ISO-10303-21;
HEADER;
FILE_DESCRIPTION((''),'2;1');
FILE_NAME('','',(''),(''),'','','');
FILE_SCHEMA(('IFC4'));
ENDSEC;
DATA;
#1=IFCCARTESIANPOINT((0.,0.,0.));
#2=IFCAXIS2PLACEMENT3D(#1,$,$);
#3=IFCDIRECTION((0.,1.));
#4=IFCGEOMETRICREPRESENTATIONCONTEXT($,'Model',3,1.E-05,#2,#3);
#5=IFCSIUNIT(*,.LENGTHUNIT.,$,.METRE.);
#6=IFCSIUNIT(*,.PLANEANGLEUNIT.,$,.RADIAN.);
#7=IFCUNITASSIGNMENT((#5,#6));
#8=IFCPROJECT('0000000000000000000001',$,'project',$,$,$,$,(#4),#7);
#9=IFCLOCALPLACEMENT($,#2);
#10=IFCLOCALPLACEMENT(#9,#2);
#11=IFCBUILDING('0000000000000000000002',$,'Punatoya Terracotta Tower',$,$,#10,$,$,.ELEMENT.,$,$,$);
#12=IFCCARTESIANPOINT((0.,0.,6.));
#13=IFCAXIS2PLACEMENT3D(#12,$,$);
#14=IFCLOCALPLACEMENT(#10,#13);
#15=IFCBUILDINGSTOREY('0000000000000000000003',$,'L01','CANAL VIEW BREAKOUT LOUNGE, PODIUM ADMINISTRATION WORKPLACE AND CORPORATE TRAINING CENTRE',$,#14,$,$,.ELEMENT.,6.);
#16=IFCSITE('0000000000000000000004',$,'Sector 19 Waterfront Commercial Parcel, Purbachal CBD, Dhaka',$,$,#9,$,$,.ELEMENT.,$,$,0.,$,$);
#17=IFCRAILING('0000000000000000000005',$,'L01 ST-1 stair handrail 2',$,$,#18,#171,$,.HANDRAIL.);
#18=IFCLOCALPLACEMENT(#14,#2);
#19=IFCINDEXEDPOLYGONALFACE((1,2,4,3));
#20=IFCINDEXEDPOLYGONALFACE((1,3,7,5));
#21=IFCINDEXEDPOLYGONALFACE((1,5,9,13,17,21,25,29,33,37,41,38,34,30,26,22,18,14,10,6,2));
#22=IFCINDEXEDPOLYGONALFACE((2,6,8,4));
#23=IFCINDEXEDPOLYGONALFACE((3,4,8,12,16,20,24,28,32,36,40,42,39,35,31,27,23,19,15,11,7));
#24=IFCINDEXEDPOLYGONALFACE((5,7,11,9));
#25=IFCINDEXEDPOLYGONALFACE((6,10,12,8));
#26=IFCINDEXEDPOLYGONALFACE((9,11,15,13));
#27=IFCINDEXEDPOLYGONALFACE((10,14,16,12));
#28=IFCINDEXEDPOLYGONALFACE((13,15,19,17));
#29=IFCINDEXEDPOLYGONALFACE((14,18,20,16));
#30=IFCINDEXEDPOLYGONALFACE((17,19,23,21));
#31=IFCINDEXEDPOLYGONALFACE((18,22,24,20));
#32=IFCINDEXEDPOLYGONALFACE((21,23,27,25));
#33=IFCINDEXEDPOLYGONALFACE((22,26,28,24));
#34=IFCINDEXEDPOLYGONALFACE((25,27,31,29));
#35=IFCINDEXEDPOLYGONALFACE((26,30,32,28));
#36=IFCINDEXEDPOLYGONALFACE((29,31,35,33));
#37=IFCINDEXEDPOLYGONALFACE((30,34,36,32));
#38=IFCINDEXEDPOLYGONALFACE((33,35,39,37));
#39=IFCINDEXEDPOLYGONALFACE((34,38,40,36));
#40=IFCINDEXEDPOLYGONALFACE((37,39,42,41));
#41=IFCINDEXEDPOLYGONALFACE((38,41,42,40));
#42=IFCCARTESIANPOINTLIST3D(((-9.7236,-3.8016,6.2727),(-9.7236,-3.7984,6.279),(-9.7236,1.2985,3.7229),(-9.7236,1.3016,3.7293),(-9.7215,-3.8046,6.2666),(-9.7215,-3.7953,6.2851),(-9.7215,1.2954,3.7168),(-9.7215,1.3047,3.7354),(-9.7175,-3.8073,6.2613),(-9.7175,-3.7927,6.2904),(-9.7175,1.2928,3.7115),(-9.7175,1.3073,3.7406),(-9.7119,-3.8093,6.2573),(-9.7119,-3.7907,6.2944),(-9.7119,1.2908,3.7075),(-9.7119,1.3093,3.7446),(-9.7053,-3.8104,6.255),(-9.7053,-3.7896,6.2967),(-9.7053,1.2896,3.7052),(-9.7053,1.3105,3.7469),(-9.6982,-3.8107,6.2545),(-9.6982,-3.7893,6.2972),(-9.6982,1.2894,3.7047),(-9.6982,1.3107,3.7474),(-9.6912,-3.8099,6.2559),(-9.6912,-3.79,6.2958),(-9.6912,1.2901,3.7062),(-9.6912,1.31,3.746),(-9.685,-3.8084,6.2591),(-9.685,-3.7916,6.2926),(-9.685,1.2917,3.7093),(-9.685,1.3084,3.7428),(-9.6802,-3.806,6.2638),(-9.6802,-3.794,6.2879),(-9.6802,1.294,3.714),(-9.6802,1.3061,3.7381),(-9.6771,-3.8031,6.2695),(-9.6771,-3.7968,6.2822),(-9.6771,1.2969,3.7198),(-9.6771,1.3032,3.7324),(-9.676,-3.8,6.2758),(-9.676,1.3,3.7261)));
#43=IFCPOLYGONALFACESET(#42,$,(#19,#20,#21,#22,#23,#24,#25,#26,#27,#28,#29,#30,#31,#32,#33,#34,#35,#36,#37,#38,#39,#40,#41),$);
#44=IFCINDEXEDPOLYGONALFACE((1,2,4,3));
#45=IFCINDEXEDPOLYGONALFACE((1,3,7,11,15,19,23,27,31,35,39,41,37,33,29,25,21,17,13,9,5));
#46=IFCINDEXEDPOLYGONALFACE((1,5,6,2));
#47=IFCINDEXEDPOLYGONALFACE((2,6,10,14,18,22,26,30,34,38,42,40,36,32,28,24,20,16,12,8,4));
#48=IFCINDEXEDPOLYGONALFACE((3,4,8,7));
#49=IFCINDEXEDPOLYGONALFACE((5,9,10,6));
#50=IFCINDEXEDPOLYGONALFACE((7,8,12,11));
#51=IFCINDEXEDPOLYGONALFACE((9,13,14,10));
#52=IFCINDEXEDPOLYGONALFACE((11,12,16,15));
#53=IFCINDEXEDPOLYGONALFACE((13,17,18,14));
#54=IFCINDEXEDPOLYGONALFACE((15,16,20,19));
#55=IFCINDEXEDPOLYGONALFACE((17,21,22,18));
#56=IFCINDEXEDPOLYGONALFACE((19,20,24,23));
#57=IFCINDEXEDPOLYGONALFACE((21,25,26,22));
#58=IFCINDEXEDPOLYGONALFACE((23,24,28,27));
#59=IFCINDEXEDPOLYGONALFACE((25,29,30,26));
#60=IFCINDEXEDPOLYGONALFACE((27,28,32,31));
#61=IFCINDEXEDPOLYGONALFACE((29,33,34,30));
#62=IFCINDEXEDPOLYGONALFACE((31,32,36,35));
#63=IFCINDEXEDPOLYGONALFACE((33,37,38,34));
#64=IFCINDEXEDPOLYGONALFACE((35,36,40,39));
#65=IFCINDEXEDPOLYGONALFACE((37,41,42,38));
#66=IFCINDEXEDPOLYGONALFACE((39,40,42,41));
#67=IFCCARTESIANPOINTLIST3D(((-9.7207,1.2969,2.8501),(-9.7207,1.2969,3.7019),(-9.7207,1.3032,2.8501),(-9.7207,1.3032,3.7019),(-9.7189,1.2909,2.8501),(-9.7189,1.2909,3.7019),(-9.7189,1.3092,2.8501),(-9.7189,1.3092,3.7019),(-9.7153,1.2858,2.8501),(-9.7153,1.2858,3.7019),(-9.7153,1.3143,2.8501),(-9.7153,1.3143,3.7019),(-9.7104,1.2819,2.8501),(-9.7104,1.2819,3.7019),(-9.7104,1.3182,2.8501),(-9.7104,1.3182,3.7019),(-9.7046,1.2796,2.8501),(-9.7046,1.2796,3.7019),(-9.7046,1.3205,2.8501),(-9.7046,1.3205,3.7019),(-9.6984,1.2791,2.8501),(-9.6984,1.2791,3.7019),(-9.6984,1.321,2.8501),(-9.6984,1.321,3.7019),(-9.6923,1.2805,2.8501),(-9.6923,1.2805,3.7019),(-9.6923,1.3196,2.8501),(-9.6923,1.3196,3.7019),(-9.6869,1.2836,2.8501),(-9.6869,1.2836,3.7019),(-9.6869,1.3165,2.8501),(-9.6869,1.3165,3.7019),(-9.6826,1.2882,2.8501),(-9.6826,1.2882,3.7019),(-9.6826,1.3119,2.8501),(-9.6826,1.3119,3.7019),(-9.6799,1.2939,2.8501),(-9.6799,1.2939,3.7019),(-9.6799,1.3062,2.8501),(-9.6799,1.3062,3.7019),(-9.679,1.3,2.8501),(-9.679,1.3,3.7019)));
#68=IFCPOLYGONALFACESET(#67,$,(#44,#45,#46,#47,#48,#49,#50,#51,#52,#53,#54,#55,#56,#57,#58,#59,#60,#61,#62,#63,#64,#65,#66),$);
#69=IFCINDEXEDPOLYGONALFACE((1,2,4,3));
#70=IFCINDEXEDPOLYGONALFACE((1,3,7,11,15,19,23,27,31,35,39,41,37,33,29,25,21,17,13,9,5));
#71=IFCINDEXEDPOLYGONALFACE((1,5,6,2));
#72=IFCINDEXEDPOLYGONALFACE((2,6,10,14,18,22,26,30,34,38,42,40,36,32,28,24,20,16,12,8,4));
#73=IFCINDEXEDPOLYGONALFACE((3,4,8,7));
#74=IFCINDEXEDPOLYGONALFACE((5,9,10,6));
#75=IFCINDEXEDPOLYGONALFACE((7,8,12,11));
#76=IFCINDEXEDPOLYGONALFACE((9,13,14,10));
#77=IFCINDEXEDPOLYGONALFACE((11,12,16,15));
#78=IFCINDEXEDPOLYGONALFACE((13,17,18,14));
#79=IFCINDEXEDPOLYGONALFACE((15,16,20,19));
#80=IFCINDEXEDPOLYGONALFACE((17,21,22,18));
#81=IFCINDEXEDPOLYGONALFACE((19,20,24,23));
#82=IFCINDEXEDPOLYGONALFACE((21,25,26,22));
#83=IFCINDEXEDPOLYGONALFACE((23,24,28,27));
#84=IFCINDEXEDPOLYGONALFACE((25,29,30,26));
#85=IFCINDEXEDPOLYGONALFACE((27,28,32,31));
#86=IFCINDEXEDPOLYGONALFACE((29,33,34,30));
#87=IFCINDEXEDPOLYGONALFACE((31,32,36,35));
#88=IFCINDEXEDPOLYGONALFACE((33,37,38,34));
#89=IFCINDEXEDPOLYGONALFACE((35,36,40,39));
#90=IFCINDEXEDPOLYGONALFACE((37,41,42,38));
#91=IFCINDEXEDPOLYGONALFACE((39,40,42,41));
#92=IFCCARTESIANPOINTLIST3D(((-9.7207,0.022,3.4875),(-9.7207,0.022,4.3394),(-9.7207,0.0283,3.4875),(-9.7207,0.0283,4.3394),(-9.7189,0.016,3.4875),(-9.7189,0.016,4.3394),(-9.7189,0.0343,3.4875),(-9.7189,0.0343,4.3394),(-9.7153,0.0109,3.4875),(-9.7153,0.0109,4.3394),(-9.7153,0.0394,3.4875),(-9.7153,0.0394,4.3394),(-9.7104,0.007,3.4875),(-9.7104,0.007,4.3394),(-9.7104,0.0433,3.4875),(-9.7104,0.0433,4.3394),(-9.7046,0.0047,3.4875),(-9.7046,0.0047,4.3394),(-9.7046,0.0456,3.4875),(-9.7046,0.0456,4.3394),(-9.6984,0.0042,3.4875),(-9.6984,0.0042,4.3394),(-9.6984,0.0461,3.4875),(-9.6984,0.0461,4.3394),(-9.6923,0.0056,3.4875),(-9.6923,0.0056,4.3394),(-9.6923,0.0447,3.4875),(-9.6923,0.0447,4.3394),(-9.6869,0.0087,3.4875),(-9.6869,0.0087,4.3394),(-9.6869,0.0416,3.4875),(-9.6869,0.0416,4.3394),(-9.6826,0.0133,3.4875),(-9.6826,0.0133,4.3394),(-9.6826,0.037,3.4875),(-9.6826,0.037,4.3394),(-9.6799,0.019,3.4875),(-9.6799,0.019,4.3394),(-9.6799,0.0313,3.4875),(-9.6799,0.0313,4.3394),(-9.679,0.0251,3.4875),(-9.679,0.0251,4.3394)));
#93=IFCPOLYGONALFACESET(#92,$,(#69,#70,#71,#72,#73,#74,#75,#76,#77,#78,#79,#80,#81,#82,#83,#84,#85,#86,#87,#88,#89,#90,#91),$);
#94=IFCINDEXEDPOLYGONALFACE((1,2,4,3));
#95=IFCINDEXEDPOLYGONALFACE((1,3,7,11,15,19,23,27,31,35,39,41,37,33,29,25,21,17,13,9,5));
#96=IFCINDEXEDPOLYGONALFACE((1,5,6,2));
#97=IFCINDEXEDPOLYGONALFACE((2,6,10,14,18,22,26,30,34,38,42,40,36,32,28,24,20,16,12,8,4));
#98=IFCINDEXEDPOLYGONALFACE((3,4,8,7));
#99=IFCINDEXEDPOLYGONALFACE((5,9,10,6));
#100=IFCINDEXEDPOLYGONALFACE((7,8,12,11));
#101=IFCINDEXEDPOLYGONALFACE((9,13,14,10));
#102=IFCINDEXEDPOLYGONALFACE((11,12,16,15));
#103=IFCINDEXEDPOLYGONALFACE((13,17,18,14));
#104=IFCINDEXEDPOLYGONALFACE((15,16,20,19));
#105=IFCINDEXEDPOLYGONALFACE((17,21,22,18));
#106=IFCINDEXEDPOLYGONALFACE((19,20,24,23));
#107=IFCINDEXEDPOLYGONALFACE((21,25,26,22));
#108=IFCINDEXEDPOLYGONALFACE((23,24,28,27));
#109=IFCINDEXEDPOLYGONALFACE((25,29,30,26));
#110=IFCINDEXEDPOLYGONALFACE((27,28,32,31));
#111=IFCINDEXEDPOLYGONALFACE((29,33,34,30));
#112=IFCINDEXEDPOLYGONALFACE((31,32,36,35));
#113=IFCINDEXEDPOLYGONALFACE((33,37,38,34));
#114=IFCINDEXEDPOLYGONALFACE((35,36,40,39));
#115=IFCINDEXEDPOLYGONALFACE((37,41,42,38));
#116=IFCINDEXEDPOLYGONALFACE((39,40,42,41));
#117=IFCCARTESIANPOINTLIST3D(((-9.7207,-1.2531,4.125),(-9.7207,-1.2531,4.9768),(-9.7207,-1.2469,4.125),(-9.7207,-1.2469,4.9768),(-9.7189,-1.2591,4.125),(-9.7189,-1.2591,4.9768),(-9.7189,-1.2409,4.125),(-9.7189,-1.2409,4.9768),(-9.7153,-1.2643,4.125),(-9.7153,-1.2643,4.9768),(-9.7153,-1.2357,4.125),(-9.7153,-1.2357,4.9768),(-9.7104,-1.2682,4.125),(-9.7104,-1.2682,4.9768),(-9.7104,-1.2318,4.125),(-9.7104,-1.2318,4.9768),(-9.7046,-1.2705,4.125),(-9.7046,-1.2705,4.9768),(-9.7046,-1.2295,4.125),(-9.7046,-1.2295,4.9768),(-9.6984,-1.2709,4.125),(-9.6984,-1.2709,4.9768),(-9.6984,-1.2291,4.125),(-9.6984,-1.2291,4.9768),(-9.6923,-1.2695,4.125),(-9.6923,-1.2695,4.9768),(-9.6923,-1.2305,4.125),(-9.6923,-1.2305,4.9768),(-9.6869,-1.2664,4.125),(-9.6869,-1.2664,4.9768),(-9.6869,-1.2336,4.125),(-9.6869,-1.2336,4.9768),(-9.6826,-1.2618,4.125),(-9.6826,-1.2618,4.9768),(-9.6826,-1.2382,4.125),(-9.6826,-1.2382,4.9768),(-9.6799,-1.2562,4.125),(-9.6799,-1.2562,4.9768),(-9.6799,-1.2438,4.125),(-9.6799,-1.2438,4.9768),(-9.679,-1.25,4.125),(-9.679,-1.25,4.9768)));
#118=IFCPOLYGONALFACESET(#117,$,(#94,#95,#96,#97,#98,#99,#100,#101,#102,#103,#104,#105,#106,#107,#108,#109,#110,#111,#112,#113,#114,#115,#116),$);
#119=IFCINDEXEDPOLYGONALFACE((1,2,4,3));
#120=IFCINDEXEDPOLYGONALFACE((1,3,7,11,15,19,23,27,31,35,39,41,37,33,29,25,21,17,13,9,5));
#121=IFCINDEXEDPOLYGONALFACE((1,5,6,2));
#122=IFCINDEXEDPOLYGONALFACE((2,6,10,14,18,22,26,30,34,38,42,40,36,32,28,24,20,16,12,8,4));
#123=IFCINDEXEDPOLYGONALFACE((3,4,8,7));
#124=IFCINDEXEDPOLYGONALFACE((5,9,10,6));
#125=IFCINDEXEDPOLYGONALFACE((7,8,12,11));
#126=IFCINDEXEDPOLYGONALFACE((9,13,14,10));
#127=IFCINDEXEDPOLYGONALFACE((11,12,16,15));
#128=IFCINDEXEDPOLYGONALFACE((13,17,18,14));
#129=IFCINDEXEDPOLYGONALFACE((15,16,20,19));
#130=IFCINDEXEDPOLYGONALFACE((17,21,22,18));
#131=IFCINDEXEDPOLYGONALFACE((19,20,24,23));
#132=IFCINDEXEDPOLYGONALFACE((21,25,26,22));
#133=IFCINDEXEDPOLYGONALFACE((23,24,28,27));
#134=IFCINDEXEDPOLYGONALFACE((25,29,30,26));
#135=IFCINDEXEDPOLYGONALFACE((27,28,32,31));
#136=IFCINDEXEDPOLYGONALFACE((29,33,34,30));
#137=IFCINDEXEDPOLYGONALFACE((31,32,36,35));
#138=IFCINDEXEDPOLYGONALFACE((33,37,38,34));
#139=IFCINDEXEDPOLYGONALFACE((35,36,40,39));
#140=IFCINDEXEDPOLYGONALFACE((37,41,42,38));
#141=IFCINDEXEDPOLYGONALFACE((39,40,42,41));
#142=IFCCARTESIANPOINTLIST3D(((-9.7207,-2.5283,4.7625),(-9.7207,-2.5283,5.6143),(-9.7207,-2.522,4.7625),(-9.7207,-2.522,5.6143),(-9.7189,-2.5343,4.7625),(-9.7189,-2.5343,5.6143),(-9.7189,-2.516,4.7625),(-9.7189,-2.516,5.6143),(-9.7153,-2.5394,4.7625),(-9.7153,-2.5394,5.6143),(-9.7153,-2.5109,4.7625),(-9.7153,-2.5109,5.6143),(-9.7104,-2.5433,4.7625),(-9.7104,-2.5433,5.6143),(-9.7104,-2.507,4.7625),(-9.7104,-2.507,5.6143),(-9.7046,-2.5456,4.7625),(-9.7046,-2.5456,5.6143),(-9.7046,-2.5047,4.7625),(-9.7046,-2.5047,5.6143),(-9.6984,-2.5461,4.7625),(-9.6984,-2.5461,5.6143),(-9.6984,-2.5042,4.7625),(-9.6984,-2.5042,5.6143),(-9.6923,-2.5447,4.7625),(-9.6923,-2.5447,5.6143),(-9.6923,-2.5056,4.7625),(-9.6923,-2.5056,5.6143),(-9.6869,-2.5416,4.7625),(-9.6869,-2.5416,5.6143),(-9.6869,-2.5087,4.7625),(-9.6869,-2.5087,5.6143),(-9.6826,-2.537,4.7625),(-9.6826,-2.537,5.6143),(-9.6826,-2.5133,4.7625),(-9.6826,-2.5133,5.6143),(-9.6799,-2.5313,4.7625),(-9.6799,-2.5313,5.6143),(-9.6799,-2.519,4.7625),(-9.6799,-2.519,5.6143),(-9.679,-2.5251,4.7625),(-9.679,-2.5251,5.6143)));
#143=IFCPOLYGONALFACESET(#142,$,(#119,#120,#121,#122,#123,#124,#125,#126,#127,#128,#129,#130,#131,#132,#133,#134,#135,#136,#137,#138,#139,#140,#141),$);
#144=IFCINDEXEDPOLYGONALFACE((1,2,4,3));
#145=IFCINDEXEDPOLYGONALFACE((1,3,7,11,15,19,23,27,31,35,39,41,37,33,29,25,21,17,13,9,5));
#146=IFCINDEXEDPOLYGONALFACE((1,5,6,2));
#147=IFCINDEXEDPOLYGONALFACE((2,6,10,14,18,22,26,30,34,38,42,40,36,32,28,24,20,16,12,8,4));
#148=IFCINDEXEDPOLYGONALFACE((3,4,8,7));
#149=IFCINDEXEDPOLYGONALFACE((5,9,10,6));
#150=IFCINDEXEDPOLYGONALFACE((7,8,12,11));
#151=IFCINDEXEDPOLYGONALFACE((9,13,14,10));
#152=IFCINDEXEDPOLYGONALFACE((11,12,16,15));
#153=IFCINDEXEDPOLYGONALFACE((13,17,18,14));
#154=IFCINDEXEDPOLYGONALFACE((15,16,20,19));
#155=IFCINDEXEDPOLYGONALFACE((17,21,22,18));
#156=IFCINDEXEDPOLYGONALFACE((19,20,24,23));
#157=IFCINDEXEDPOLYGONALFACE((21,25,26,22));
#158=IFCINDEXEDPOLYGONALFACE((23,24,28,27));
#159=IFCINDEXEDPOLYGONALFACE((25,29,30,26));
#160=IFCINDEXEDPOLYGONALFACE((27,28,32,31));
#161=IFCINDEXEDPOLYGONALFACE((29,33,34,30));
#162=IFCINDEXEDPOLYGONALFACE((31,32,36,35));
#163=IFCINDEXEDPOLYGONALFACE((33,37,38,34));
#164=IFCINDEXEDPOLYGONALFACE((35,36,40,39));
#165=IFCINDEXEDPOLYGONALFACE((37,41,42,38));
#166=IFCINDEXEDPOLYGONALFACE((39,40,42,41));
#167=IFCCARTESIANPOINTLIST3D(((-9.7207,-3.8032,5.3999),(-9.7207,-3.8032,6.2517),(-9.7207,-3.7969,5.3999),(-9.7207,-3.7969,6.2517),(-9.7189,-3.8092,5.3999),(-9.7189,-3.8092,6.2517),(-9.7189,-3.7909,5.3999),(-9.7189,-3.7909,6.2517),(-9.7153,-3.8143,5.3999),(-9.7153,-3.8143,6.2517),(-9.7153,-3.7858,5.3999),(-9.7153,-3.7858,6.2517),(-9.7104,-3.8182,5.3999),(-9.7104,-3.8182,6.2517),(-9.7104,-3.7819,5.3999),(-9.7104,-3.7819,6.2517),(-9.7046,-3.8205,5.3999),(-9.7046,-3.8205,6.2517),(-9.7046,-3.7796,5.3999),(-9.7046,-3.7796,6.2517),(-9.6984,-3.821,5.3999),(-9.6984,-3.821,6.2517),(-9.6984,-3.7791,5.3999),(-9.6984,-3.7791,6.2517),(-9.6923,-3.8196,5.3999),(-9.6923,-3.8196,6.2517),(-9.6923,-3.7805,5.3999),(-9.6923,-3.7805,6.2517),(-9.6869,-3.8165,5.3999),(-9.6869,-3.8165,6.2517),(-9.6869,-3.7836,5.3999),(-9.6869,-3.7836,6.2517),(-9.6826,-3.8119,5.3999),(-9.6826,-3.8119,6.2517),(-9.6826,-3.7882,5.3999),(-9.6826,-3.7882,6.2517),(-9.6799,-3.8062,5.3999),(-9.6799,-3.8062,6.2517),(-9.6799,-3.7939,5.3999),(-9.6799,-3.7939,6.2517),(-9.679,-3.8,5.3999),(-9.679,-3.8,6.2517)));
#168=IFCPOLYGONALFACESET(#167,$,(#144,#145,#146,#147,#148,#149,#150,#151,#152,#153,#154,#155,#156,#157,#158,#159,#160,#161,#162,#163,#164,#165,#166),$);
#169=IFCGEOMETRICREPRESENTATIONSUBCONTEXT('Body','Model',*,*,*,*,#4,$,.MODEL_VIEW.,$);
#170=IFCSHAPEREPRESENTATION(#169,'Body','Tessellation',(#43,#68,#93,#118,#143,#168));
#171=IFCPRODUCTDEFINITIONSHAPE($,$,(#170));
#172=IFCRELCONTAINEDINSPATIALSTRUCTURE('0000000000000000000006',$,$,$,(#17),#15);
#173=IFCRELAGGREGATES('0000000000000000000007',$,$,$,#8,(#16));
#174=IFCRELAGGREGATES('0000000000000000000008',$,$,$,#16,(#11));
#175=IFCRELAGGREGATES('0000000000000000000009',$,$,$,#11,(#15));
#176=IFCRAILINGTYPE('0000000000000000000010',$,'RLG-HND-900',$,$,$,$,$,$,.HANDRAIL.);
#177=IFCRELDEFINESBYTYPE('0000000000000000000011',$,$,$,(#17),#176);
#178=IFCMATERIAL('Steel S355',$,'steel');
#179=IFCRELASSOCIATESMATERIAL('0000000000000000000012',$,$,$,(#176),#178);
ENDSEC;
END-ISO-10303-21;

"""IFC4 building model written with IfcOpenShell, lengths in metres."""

from ifc_helpers import new_model, si_unit, direction, frame, origin, origin_2d, place, context, subcontext, project, spatial, circle, extrude, material, type_object, element, save


model = new_model("IFC4")

# Units and contexts
model_context = context("Model", 3, precision=1e-05, world=origin(), true_north=direction((0.0, 1.0)))
body_context = subcontext(model_context, "Body", "Model", "MODEL_VIEW")
ifc_project = project(units=[si_unit("LENGTHUNIT", "METRE"), si_unit("PLANEANGLEUNIT", "RADIAN")], contexts=[model_context])

# Site, building, storey
site_placement = place(None, origin())
site = spatial("IfcSite", under=ifc_project, at=site_placement, Name="Sector 19 Waterfront Commercial Parcel, Purbachal CBD, Dhaka", CompositionType="ELEMENT", RefElevation=0.0)
building_placement = place(site_placement, origin())
building = spatial("IfcBuilding", under=site, at=building_placement, Name="Punatoya Terracotta Tower", CompositionType="ELEMENT")
storey_placement = place(building_placement, frame((0.0, 0.0, 6.0)))
storey = spatial("IfcBuildingStorey", under=building, at=storey_placement, Name="L01", Description="CANAL VIEW BREAKOUT LOUNGE, PODIUM ADMINISTRATION WORKPLACE AND CORPORATE TRAINING CENTRE", CompositionType="ELEMENT", Elevation=6.0)

# Shared definitions
ifc_material_1 = material(Name="Steel S355", Category="steel")

# Railing
railing_type_1 = type_object("IfcRailingType", Name="RLG-HND-900", PredefinedType="HANDRAIL", material=ifc_material_1)
railing_1_placement = place(storey_placement, frame((-9.7, 1.3, 2.8501)))
element("IfcRailing", 1, at=railing_1_placement, inside=storey, type_object=railing_type_1, Name="L01 ST-1 stair handrail 2", PredefinedType="HANDRAIL", context=body_context, shape_type="SweptSolid", body=[
    extrude(circle(Radius=0.0239, at=origin_2d()), frame((0.0, 0.0, 0.876), z_axis=(0.0, -0.894444, 0.447179), x_axis=(1.0, 0.0, 0.0)), (0.0, 0.0, 1.0), 5.7019),
    extrude(circle(Radius=0.021, at=origin_2d()), origin(), (0.0, 0.0, 1.0), 0.8518),
    extrude(circle(Radius=0.021, at=origin_2d()), frame((0.0, -1.2749, 0.6375)), (0.0, 0.0, 1.0), 0.8518),
    extrude(circle(Radius=0.021, at=origin_2d()), frame((0.0, -2.55, 1.2749)), (0.0, 0.0, 1.0), 0.8518),
    extrude(circle(Radius=0.021, at=origin_2d()), frame((0.0, -3.8252, 1.9124)), (0.0, 0.0, 1.0), 0.8518),
    extrude(circle(Radius=0.021, at=origin_2d()), frame((0.0, -5.1001, 2.5498)), (0.0, 0.0, 1.0), 0.8518),
])

save(model, "model.ifc")
